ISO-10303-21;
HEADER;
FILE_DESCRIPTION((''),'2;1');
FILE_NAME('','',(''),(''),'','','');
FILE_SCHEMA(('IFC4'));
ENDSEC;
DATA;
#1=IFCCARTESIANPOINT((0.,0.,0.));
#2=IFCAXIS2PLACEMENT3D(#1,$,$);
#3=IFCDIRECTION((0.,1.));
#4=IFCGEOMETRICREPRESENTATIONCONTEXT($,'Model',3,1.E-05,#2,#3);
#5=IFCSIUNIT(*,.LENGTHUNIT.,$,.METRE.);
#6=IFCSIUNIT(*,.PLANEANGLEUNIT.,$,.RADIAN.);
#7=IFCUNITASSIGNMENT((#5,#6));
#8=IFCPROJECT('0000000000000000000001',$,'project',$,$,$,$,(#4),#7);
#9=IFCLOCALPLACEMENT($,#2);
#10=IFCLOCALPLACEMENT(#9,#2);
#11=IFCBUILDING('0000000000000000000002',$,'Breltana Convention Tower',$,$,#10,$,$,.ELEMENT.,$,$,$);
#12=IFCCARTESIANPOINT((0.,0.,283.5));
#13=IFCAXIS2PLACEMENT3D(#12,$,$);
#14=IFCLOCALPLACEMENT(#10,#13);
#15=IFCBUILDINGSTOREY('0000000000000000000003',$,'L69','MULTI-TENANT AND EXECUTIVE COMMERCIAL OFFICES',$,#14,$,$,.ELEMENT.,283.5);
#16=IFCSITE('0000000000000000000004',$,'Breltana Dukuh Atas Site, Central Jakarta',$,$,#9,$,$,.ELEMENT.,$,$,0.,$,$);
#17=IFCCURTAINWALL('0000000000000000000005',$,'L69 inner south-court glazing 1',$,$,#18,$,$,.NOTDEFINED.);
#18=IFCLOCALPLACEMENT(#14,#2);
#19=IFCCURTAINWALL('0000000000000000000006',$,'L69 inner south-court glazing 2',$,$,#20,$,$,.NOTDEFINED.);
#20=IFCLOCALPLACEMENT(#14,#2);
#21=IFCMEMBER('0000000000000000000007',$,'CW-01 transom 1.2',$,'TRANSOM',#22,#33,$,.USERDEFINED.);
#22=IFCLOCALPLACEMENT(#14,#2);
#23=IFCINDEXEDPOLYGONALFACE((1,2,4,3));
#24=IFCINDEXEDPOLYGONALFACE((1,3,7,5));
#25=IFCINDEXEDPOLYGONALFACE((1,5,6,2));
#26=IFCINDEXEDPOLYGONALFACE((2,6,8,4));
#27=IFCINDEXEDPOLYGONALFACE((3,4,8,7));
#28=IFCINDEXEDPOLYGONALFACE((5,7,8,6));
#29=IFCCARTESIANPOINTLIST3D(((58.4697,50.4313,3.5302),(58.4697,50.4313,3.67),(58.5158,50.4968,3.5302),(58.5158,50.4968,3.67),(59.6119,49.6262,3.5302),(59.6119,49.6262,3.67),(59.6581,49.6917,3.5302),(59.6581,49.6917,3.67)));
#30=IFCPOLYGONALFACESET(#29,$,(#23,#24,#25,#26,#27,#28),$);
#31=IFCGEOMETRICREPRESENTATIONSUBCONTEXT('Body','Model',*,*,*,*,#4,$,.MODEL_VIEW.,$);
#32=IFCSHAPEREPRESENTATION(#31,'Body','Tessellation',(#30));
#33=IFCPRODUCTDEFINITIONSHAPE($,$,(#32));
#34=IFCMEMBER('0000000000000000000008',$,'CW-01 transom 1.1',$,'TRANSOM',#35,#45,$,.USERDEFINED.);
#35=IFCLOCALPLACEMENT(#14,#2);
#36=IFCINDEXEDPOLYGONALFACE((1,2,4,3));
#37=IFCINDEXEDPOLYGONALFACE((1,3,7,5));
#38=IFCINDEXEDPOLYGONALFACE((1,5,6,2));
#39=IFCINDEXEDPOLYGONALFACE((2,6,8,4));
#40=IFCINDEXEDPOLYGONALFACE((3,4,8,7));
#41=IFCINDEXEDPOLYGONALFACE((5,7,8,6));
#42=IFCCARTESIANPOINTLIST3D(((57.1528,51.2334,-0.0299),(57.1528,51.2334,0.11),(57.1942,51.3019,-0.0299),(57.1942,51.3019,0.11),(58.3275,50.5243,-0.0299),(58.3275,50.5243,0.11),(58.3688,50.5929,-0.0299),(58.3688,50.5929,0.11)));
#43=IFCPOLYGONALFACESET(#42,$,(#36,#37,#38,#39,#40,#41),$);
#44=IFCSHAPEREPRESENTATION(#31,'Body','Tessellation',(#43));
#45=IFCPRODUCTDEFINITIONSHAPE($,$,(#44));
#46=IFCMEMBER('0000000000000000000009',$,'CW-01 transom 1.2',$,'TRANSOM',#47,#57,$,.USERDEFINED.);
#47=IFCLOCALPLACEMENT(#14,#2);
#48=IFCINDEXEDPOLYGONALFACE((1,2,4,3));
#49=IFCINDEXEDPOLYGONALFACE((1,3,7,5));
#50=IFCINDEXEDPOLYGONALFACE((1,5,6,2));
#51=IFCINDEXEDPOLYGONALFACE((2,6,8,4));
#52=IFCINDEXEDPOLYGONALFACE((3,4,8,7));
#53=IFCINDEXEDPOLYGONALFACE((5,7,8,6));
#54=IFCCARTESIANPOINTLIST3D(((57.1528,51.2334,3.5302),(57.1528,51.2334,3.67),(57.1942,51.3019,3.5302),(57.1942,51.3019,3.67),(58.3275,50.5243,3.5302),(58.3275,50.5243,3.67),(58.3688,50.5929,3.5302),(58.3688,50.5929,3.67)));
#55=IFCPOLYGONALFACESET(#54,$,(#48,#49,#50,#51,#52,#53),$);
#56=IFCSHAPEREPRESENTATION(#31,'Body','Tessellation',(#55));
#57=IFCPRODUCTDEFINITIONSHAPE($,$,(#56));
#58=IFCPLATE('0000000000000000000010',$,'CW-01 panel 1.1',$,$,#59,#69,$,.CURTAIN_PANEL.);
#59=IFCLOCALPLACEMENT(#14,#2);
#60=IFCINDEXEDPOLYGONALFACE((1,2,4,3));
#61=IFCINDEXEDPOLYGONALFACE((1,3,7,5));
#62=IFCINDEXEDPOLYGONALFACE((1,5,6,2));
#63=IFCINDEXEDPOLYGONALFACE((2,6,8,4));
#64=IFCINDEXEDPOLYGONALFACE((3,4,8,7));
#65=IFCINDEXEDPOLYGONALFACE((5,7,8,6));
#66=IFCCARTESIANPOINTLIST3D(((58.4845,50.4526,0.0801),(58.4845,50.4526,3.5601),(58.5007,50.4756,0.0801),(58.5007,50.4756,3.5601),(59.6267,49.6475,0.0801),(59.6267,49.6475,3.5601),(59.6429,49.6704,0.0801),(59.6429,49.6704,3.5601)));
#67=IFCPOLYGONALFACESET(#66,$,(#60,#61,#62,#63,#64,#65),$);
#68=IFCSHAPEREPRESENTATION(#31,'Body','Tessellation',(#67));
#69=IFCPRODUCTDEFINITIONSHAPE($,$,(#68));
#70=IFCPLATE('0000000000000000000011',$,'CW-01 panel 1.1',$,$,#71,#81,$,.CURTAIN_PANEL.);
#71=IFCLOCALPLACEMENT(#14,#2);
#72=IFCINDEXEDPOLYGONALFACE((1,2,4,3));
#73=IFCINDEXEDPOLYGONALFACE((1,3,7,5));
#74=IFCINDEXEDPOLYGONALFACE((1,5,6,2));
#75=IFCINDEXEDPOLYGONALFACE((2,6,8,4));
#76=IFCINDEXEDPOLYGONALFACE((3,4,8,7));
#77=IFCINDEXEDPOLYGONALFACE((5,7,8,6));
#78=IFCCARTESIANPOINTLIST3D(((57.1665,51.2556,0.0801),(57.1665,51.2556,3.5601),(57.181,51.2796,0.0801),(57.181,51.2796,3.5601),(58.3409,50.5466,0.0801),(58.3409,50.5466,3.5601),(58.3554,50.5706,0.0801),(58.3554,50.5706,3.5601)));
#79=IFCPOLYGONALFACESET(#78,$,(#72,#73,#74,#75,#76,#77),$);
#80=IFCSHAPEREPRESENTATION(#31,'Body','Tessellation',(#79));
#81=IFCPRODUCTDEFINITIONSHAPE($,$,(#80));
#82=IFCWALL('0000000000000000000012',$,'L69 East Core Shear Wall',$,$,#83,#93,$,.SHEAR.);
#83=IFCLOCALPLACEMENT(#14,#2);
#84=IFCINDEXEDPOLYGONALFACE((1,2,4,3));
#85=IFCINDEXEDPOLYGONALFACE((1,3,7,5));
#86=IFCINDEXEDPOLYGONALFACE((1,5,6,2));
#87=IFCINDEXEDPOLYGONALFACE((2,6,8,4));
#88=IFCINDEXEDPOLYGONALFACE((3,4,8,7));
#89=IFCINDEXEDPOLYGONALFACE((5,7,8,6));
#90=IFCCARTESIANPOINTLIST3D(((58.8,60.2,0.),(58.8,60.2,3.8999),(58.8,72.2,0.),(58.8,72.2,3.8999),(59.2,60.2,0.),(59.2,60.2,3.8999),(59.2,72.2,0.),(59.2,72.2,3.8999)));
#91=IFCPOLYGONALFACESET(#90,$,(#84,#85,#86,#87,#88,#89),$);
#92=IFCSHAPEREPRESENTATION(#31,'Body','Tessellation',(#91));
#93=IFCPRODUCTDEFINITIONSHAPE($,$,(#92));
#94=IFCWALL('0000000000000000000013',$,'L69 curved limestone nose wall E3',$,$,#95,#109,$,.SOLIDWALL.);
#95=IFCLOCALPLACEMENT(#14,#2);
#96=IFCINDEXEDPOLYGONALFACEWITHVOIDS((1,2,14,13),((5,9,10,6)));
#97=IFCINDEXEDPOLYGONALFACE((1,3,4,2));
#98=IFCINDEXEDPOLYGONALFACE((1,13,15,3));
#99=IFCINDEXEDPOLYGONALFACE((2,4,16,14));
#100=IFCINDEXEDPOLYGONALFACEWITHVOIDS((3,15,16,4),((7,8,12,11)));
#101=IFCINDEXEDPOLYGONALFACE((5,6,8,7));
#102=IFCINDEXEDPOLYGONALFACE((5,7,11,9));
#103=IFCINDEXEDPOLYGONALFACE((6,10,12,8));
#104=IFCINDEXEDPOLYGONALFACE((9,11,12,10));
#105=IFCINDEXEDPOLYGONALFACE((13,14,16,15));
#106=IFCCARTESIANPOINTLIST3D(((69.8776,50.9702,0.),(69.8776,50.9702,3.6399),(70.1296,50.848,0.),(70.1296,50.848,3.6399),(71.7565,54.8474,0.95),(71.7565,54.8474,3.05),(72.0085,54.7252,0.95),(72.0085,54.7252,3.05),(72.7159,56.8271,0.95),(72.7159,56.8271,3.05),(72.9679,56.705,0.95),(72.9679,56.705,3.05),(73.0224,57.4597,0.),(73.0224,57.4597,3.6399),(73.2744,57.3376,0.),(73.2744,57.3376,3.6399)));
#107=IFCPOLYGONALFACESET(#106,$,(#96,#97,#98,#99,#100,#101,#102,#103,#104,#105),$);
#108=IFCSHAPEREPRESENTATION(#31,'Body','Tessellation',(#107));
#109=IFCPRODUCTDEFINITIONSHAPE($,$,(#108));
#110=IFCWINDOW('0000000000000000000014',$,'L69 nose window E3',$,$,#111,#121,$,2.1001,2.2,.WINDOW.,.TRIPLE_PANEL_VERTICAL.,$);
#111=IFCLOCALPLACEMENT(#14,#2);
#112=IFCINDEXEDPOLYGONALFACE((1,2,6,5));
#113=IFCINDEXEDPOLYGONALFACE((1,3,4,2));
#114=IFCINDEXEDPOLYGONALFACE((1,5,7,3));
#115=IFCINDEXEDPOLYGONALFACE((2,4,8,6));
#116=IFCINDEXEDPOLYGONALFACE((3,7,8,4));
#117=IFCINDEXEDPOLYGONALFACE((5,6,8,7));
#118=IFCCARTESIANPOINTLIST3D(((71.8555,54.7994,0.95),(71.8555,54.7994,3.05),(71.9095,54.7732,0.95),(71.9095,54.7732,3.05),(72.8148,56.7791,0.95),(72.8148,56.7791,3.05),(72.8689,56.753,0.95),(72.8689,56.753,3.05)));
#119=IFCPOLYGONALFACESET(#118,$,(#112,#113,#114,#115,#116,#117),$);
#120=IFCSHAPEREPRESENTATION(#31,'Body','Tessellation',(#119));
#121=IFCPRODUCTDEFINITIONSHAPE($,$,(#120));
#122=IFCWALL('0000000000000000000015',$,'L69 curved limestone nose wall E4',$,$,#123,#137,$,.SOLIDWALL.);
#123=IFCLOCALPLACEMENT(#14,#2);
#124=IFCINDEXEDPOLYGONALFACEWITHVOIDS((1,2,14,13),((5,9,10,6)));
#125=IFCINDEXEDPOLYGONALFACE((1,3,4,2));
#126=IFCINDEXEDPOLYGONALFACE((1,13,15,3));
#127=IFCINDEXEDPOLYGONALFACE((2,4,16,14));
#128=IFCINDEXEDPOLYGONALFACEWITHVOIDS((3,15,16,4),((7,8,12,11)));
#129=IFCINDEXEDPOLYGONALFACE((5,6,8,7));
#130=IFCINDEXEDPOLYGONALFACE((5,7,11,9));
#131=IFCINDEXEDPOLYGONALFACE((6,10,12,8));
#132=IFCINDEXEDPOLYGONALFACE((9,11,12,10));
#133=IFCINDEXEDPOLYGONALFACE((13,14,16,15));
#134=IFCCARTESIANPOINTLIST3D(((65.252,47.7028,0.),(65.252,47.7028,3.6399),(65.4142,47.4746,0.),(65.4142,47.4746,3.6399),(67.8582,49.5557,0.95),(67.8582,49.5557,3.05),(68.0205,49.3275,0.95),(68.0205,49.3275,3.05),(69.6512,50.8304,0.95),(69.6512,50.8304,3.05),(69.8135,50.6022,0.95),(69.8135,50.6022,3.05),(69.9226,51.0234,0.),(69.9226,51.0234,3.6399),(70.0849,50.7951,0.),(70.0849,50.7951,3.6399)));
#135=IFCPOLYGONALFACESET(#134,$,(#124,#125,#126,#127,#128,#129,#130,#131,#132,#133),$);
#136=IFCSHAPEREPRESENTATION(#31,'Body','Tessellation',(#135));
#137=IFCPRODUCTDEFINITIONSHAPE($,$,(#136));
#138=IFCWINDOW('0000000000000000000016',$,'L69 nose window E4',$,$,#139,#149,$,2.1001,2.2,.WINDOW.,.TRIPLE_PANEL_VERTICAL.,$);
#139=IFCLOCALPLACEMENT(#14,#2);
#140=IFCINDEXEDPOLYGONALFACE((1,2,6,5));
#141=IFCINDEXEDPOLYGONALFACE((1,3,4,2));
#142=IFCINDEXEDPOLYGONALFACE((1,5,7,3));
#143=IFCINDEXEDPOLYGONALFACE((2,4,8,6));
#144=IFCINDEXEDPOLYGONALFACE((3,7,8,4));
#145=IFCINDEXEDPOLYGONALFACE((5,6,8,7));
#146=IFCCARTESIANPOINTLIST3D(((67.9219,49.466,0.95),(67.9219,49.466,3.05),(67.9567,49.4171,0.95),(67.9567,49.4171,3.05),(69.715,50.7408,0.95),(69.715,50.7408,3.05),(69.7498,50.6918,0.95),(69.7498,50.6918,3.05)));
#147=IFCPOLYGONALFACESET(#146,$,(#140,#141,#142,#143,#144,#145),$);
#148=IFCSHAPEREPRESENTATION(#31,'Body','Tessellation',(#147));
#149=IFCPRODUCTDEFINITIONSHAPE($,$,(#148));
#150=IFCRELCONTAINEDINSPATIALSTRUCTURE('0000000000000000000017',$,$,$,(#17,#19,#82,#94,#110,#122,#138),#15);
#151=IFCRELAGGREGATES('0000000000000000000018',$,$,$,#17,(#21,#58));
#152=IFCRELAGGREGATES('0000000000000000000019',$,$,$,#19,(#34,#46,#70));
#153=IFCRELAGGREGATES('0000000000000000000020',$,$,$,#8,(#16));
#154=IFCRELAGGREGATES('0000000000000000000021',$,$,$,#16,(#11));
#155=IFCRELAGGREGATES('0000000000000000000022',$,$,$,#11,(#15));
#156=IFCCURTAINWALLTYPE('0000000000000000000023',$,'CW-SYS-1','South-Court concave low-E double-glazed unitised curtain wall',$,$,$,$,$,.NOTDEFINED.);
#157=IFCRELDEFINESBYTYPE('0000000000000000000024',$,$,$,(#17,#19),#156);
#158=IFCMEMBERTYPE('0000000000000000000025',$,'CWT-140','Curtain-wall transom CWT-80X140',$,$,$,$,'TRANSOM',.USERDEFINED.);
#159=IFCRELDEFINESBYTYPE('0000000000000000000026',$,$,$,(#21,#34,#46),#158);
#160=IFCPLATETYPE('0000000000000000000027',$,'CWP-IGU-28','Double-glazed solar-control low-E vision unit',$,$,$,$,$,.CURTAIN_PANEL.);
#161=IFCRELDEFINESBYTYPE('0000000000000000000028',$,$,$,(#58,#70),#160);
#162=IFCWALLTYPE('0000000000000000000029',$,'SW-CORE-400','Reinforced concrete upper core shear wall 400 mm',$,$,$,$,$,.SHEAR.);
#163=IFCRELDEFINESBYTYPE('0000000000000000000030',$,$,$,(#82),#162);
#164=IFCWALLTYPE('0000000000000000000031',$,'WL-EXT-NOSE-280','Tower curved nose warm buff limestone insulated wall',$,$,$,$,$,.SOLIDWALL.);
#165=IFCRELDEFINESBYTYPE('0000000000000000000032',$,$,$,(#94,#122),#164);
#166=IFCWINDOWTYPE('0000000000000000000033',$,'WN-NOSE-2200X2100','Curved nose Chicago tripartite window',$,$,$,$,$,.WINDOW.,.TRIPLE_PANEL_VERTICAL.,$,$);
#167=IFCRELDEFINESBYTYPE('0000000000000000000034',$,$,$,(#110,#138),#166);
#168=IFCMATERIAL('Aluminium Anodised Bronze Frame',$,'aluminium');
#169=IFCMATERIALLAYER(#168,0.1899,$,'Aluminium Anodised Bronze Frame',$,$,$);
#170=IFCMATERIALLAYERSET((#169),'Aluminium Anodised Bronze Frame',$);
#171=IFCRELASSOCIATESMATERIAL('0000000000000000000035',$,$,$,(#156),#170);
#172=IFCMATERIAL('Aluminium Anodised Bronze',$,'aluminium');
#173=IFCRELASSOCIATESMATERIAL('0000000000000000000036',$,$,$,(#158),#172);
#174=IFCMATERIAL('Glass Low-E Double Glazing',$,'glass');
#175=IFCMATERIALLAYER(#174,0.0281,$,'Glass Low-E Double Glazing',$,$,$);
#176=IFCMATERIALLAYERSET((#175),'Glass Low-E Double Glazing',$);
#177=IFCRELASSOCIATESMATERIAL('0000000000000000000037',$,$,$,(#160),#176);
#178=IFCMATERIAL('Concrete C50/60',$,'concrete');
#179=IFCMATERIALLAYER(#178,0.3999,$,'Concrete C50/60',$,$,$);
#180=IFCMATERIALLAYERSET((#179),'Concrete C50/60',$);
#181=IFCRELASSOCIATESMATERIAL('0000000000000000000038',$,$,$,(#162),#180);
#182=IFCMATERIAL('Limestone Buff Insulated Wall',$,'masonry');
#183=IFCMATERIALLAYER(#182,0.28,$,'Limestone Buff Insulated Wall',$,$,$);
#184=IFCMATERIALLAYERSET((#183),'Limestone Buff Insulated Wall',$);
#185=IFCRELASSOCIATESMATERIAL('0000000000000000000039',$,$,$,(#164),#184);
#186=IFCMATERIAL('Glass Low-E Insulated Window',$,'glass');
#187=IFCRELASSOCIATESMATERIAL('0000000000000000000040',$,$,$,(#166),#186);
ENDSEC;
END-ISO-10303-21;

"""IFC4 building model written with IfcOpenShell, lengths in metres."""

from ifc_helpers import new_model, si_unit, direction, frame, frame_2d, origin, origin_2d, place, context, subcontext, project, spatial, rectangle, extrude, source, transform, mapped, material, layer, layer_set, material_profile, profile_set, type_object, type_shapes, element, fill, aggregate, save


model = new_model("IFC4")

# Units and contexts
model_context = context("Model", 3, precision=1e-05, world=origin(), true_north=direction((0.0, 1.0)))
body_context = subcontext(model_context, "Body", "Model", "MODEL_VIEW")
ifc_project = project(units=[si_unit("LENGTHUNIT", "METRE"), si_unit("PLANEANGLEUNIT", "RADIAN")], contexts=[model_context])

# Site, building, storey
site_placement = place(None, origin())
site = spatial("IfcSite", under=ifc_project, at=site_placement, Name="Breltana Dukuh Atas Site, Central Jakarta", CompositionType="ELEMENT", RefElevation=0.0)
building_placement = place(site_placement, origin())
building = spatial("IfcBuilding", under=site, at=building_placement, Name="Breltana Convention Tower", CompositionType="ELEMENT")
storey_placement = place(building_placement, frame((0.0, 0.0, 283.5)))
storey = spatial("IfcBuildingStorey", under=building, at=storey_placement, Name="L69", Description="MULTI-TENANT AND EXECUTIVE COMMERCIAL OFFICES", CompositionType="ELEMENT", Elevation=283.5)

# Curtain walls
ifc_material_1 = material(Name="Aluminium Anodised Bronze Frame", Category="aluminium")
ifc_layer_1 = layer(ifc_material_1, 0.1899, Name="Aluminium Anodised Bronze Frame")
ifc_layer_set_1 = layer_set([ifc_layer_1], Name="Aluminium Anodised Bronze Frame")
curtain_wall_type = type_object("IfcCurtainWallType", Name="CW-SYS-1", Description="South-Court concave low-E double-glazed unitised curtain wall", PredefinedType="NOTDEFINED", material=ifc_layer_set_1)
curtain_wall_1_placement = place(storey_placement, origin())
curtain_wall_1 = element("IfcCurtainWall", 1, at=curtain_wall_1_placement, inside=storey, type_object=curtain_wall_type, Name="L69 inner south-court glazing 1", PredefinedType="NOTDEFINED")
ifc_material_2 = material(Name="Aluminium Anodised Bronze", Category="aluminium")
curtain_wall_2_placement = place(storey_placement, origin())
curtain_wall_2 = element("IfcCurtainWall", 2, at=curtain_wall_2_placement, inside=storey, type_object=curtain_wall_type, Name="L69 inner south-court glazing 2", PredefinedType="NOTDEFINED")

# Members
ifc_material_profile_1 = material_profile(ifc_material_2, rectangle(XDim=0.0801, YDim=0.1399, at=origin_2d()), Name="CWT-80X140")
ifc_profile_set_1 = profile_set([ifc_material_profile_1], Name="Aluminium Anodised Bronze")
member_type_1 = type_object("IfcMemberType", Name="CWT-140", Description="Curtain-wall transom CWT-80X140", ElementType="TRANSOM", PredefinedType="USERDEFINED", material=ifc_profile_set_1)
shared_shape_1 = source(origin(), body_context, "Body", "SweptSolid", [
    extrude(rectangle(XDim=0.0801, YDim=0.1399, at=origin_2d()), origin(), (0.0, 0.0, 1.0), 1.3975),
])
member_1_placement = place(storey_placement, frame((59.635, 49.6589, 3.6001), z_axis=(-0.817365, 0.576121, 0.0), x_axis=(-0.576121, -0.817365, 0.0)))
member_1 = element("IfcMember", 3, at=member_1_placement, type_object=member_type_1, Name="CW-01 transom 1.2", ObjectType="TRANSOM", PredefinedType="USERDEFINED", context=body_context, shape_type="MappedRepresentation", body=[
    mapped(shared_shape_1, transform((0.0, 0.0, 0.0), scale=1.0)),
])
shared_shape_2 = source(origin(), body_context, "Body", "SweptSolid", [
    extrude(rectangle(XDim=0.0801, YDim=0.1399, at=origin_2d()), origin(), (0.0, 0.0, 1.0), 1.3721),
])
member_2_placement = place(storey_placement, frame((58.3481, 50.5586, 0.04), z_axis=(-0.856124, 0.516771, 0.0), x_axis=(-0.516771, -0.856124, 0.0)))
member_2 = element("IfcMember", 4, at=member_2_placement, type_object=member_type_1, Name="CW-01 transom 1.1", ObjectType="TRANSOM", PredefinedType="USERDEFINED", context=body_context, shape_type="MappedRepresentation", body=[
    mapped(shared_shape_2, transform((0.0, 0.0, 0.0), scale=1.0)),
])
member_3_placement = place(storey_placement, frame((58.3481, 50.5586, 3.6001), z_axis=(-0.856124, 0.516771, 0.0), x_axis=(-0.516771, -0.856124, 0.0)))
member_3 = element("IfcMember", 5, at=member_3_placement, type_object=member_type_1, Name="CW-01 transom 1.2", ObjectType="TRANSOM", PredefinedType="USERDEFINED", context=body_context, shape_type="MappedRepresentation", body=[
    mapped(shared_shape_2, transform((0.0, 0.0, 0.0), scale=1.0)),
])

# Plates
ifc_material_3 = material(Name="Glass Low-E Double Glazing", Category="glass")
ifc_layer_2 = layer(ifc_material_3, 0.0281, Name="Glass Low-E Double Glazing")
ifc_layer_set_2 = layer_set([ifc_layer_2], Name="Glass Low-E Double Glazing")
plate_type = type_object("IfcPlateType", Name="CWP-IGU-28", Description="Double-glazed solar-control low-E vision unit", PredefinedType="CURTAIN_PANEL", material=ifc_layer_set_2)
shared_shape_3 = source(origin(), body_context, "Body", "SweptSolid", [
    extrude(rectangle(XDim=1.3975, YDim=0.0281, at=origin_2d()), origin(), (0.0, 0.0, 1.0), 3.48),
])
plate_1_placement = place(storey_placement, frame((59.0637, 50.0615, 0.0801), z_axis=(0.0, 0.0, 1.0), x_axis=(-0.817327, 0.576174, 0.0)))
plate_1 = element("IfcPlate", 6, at=plate_1_placement, type_object=plate_type, Name="CW-01 panel 1.1", PredefinedType="CURTAIN_PANEL", context=body_context, shape_type="MappedRepresentation", body=[
    mapped(shared_shape_3, transform((0.0, 0.0, 0.0), scale=1.0)),
])
aggregate(curtain_wall_1, [member_1, plate_1])
shared_shape_4 = source(origin(), body_context, "Body", "SweptSolid", [
    extrude(rectangle(XDim=1.3718, YDim=0.0281, at=origin_2d()), origin(), (0.0, 0.0, 1.0), 3.48),
])
plate_2_placement = place(storey_placement, frame((57.761, 50.9131, 0.0801), z_axis=(0.0, 0.0, 1.0), x_axis=(-0.85609, 0.516827, 0.0)))
plate_2 = element("IfcPlate", 7, at=plate_2_placement, type_object=plate_type, Name="CW-01 panel 1.1", PredefinedType="CURTAIN_PANEL", context=body_context, shape_type="MappedRepresentation", body=[
    mapped(shared_shape_4, transform((0.0, 0.0, 0.0), scale=1.0)),
])
aggregate(curtain_wall_2, [member_2, member_3, plate_2])

# Wall
ifc_material_4 = material(Name="Concrete C50/60", Category="concrete")
ifc_layer_3 = layer(ifc_material_4, 0.3999, Name="Concrete C50/60")
ifc_layer_set_3 = layer_set([ifc_layer_3], Name="Concrete C50/60")
wall_type_1 = type_object("IfcWallType", Name="SW-CORE-400", Description="Reinforced concrete upper core shear wall 400 mm", PredefinedType="SHEAR", material=ifc_layer_set_3)
shared_shape_5 = source(origin(), body_context, "Body", "SweptSolid", [
    extrude(rectangle(XDim=12.0, YDim=0.3999, at=frame_2d((6.0, 0.0))), origin(), (0.0, 0.0, 1.0), 3.8999),
])
wall_1_placement = place(storey_placement, frame((59.0, 60.2, 0.0), z_axis=(0.0, 0.0, 1.0), x_axis=(0.0, 1.0, 0.0)))
element("IfcWall", 8, at=wall_1_placement, inside=storey, type_object=wall_type_1, Name="L69 East Core Shear Wall", PredefinedType="SHEAR", context=body_context, shape_type="MappedRepresentation", body=[
    mapped(shared_shape_5, transform((0.0, 0.0, 0.0), scale=1.0)),
])

# Walls, openings, windows
ifc_material_5 = material(Name="Limestone Buff Insulated Wall", Category="masonry")
ifc_layer_4 = layer(ifc_material_5, 0.28, Name="Limestone Buff Insulated Wall")
ifc_layer_set_4 = layer_set([ifc_layer_4], Name="Limestone Buff Insulated Wall")
wall_type_2 = type_object("IfcWallType", Name="WL-EXT-NOSE-280", Description="Tower curved nose warm buff limestone insulated wall", PredefinedType="SOLIDWALL", material=ifc_layer_set_4)
shared_shape_6 = source(origin(), body_context, "Body", "SweptSolid", [
    extrude(rectangle(XDim=7.2114, YDim=0.28, at=frame_2d((3.6057, 0.0))), origin(), (0.0, 0.0, 1.0), 3.6399),
])
wall_2_placement = place(storey_placement, frame((73.1484, 57.3987, 0.0), z_axis=(0.0, 0.0, 1.0), x_axis=(-0.436088, -0.899904, 0.0)))
wall_2 = element("IfcWall", 9, at=wall_2_placement, inside=storey, type_object=wall_type_2, Name="L69 curved limestone nose wall E3", PredefinedType="SOLIDWALL", context=body_context, shape_type="MappedRepresentation", body=[
    mapped(shared_shape_6, transform((0.0, 0.0, 0.0), scale=1.0)),
])
opening_1_placement = place(wall_2_placement, frame((0.7029, 0.0, 0.95)))
opening_1 = element("IfcOpeningElement", 10, at=opening_1_placement, cuts=wall_2, PredefinedType="OPENING", context=body_context, shape_type="SweptSolid", body=[
    extrude(rectangle(XDim=2.2, YDim=2.1001, at=frame_2d((1.1001, 1.05))), frame((0.0, 0.1499, 0.0), z_axis=(0.0, -1.0, 0.0), x_axis=(1.0, 0.0, 0.0)), (0.0, 0.0, 1.0), 0.3),
])
ifc_material_6 = material(Name="Glass Low-E Insulated Window", Category="glass")
window_type = type_object("IfcWindowType", Name="WN-NOSE-2200X2100", Description="Curved nose Chicago tripartite window", PartitioningType="TRIPLE_PANEL_VERTICAL", PredefinedType="WINDOW", material=ifc_material_6)
shared_shape_7 = source(origin(), body_context, "Body", "SweptSolid", [
    extrude(rectangle(XDim=2.2, YDim=2.1001, at=frame_2d((1.1001, 1.05))), frame((0.0, 0.03, 0.0), z_axis=(0.0, -1.0, 0.0), x_axis=(1.0, 0.0, 0.0)), (0.0, 0.0, 1.0), 0.0601),
])
type_shapes(window_type, [shared_shape_7])
window_1_placement = place(opening_1_placement, origin())
window_1 = element("IfcWindow", 11, at=window_1_placement, inside=storey, type_object=window_type, Name="L69 nose window E3", OverallHeight=2.1001, OverallWidth=2.2, PartitioningType="TRIPLE_PANEL_VERTICAL", PredefinedType="WINDOW", context=body_context, shape_type="MappedRepresentation", body=[
    mapped(shared_shape_7, transform((0.0, 0.0, 0.0), scale=1.0)),
])
fill(opening_1, window_1)
shared_shape_8 = source(origin(), body_context, "Body", "SweptSolid", [
    extrude(rectangle(XDim=5.7307, YDim=0.28, at=frame_2d((2.8652, 0.0))), origin(), (0.0, 0.0, 1.0), 3.6399),
])
wall_3_placement = place(storey_placement, frame((70.0037, 50.9092, 0.0), z_axis=(0.0, 0.0, 1.0), x_axis=(-0.815021, -0.579431, 0.0)))
wall_3 = element("IfcWall", 12, at=wall_3_placement, inside=storey, type_object=wall_type_2, Name="L69 curved limestone nose wall E4", PredefinedType="SOLIDWALL", context=body_context, shape_type="MappedRepresentation", body=[
    mapped(shared_shape_8, transform((0.0, 0.0, 0.0), scale=1.0)),
])
opening_2_placement = place(wall_3_placement, frame((0.3328, 0.0, 0.95)))
opening_2 = element("IfcOpeningElement", 13, at=opening_2_placement, cuts=wall_3, PredefinedType="OPENING", context=body_context, shape_type="SweptSolid", body=[
    extrude(rectangle(XDim=2.2, YDim=2.1001, at=frame_2d((1.1001, 1.05))), frame((0.0, 0.1499, 0.0), z_axis=(0.0, -1.0, 0.0), x_axis=(1.0, 0.0, 0.0)), (0.0, 0.0, 1.0), 0.3),
])
window_2_placement = place(opening_2_placement, origin())
window_2 = element("IfcWindow", 14, at=window_2_placement, inside=storey, type_object=window_type, Name="L69 nose window E4", OverallHeight=2.1001, OverallWidth=2.2, PartitioningType="TRIPLE_PANEL_VERTICAL", PredefinedType="WINDOW", context=body_context, shape_type="MappedRepresentation", body=[
    mapped(shared_shape_7, transform((0.0, 0.0, 0.0), scale=1.0)),
])
fill(opening_2, window_2)

save(model, "model.ifc")
